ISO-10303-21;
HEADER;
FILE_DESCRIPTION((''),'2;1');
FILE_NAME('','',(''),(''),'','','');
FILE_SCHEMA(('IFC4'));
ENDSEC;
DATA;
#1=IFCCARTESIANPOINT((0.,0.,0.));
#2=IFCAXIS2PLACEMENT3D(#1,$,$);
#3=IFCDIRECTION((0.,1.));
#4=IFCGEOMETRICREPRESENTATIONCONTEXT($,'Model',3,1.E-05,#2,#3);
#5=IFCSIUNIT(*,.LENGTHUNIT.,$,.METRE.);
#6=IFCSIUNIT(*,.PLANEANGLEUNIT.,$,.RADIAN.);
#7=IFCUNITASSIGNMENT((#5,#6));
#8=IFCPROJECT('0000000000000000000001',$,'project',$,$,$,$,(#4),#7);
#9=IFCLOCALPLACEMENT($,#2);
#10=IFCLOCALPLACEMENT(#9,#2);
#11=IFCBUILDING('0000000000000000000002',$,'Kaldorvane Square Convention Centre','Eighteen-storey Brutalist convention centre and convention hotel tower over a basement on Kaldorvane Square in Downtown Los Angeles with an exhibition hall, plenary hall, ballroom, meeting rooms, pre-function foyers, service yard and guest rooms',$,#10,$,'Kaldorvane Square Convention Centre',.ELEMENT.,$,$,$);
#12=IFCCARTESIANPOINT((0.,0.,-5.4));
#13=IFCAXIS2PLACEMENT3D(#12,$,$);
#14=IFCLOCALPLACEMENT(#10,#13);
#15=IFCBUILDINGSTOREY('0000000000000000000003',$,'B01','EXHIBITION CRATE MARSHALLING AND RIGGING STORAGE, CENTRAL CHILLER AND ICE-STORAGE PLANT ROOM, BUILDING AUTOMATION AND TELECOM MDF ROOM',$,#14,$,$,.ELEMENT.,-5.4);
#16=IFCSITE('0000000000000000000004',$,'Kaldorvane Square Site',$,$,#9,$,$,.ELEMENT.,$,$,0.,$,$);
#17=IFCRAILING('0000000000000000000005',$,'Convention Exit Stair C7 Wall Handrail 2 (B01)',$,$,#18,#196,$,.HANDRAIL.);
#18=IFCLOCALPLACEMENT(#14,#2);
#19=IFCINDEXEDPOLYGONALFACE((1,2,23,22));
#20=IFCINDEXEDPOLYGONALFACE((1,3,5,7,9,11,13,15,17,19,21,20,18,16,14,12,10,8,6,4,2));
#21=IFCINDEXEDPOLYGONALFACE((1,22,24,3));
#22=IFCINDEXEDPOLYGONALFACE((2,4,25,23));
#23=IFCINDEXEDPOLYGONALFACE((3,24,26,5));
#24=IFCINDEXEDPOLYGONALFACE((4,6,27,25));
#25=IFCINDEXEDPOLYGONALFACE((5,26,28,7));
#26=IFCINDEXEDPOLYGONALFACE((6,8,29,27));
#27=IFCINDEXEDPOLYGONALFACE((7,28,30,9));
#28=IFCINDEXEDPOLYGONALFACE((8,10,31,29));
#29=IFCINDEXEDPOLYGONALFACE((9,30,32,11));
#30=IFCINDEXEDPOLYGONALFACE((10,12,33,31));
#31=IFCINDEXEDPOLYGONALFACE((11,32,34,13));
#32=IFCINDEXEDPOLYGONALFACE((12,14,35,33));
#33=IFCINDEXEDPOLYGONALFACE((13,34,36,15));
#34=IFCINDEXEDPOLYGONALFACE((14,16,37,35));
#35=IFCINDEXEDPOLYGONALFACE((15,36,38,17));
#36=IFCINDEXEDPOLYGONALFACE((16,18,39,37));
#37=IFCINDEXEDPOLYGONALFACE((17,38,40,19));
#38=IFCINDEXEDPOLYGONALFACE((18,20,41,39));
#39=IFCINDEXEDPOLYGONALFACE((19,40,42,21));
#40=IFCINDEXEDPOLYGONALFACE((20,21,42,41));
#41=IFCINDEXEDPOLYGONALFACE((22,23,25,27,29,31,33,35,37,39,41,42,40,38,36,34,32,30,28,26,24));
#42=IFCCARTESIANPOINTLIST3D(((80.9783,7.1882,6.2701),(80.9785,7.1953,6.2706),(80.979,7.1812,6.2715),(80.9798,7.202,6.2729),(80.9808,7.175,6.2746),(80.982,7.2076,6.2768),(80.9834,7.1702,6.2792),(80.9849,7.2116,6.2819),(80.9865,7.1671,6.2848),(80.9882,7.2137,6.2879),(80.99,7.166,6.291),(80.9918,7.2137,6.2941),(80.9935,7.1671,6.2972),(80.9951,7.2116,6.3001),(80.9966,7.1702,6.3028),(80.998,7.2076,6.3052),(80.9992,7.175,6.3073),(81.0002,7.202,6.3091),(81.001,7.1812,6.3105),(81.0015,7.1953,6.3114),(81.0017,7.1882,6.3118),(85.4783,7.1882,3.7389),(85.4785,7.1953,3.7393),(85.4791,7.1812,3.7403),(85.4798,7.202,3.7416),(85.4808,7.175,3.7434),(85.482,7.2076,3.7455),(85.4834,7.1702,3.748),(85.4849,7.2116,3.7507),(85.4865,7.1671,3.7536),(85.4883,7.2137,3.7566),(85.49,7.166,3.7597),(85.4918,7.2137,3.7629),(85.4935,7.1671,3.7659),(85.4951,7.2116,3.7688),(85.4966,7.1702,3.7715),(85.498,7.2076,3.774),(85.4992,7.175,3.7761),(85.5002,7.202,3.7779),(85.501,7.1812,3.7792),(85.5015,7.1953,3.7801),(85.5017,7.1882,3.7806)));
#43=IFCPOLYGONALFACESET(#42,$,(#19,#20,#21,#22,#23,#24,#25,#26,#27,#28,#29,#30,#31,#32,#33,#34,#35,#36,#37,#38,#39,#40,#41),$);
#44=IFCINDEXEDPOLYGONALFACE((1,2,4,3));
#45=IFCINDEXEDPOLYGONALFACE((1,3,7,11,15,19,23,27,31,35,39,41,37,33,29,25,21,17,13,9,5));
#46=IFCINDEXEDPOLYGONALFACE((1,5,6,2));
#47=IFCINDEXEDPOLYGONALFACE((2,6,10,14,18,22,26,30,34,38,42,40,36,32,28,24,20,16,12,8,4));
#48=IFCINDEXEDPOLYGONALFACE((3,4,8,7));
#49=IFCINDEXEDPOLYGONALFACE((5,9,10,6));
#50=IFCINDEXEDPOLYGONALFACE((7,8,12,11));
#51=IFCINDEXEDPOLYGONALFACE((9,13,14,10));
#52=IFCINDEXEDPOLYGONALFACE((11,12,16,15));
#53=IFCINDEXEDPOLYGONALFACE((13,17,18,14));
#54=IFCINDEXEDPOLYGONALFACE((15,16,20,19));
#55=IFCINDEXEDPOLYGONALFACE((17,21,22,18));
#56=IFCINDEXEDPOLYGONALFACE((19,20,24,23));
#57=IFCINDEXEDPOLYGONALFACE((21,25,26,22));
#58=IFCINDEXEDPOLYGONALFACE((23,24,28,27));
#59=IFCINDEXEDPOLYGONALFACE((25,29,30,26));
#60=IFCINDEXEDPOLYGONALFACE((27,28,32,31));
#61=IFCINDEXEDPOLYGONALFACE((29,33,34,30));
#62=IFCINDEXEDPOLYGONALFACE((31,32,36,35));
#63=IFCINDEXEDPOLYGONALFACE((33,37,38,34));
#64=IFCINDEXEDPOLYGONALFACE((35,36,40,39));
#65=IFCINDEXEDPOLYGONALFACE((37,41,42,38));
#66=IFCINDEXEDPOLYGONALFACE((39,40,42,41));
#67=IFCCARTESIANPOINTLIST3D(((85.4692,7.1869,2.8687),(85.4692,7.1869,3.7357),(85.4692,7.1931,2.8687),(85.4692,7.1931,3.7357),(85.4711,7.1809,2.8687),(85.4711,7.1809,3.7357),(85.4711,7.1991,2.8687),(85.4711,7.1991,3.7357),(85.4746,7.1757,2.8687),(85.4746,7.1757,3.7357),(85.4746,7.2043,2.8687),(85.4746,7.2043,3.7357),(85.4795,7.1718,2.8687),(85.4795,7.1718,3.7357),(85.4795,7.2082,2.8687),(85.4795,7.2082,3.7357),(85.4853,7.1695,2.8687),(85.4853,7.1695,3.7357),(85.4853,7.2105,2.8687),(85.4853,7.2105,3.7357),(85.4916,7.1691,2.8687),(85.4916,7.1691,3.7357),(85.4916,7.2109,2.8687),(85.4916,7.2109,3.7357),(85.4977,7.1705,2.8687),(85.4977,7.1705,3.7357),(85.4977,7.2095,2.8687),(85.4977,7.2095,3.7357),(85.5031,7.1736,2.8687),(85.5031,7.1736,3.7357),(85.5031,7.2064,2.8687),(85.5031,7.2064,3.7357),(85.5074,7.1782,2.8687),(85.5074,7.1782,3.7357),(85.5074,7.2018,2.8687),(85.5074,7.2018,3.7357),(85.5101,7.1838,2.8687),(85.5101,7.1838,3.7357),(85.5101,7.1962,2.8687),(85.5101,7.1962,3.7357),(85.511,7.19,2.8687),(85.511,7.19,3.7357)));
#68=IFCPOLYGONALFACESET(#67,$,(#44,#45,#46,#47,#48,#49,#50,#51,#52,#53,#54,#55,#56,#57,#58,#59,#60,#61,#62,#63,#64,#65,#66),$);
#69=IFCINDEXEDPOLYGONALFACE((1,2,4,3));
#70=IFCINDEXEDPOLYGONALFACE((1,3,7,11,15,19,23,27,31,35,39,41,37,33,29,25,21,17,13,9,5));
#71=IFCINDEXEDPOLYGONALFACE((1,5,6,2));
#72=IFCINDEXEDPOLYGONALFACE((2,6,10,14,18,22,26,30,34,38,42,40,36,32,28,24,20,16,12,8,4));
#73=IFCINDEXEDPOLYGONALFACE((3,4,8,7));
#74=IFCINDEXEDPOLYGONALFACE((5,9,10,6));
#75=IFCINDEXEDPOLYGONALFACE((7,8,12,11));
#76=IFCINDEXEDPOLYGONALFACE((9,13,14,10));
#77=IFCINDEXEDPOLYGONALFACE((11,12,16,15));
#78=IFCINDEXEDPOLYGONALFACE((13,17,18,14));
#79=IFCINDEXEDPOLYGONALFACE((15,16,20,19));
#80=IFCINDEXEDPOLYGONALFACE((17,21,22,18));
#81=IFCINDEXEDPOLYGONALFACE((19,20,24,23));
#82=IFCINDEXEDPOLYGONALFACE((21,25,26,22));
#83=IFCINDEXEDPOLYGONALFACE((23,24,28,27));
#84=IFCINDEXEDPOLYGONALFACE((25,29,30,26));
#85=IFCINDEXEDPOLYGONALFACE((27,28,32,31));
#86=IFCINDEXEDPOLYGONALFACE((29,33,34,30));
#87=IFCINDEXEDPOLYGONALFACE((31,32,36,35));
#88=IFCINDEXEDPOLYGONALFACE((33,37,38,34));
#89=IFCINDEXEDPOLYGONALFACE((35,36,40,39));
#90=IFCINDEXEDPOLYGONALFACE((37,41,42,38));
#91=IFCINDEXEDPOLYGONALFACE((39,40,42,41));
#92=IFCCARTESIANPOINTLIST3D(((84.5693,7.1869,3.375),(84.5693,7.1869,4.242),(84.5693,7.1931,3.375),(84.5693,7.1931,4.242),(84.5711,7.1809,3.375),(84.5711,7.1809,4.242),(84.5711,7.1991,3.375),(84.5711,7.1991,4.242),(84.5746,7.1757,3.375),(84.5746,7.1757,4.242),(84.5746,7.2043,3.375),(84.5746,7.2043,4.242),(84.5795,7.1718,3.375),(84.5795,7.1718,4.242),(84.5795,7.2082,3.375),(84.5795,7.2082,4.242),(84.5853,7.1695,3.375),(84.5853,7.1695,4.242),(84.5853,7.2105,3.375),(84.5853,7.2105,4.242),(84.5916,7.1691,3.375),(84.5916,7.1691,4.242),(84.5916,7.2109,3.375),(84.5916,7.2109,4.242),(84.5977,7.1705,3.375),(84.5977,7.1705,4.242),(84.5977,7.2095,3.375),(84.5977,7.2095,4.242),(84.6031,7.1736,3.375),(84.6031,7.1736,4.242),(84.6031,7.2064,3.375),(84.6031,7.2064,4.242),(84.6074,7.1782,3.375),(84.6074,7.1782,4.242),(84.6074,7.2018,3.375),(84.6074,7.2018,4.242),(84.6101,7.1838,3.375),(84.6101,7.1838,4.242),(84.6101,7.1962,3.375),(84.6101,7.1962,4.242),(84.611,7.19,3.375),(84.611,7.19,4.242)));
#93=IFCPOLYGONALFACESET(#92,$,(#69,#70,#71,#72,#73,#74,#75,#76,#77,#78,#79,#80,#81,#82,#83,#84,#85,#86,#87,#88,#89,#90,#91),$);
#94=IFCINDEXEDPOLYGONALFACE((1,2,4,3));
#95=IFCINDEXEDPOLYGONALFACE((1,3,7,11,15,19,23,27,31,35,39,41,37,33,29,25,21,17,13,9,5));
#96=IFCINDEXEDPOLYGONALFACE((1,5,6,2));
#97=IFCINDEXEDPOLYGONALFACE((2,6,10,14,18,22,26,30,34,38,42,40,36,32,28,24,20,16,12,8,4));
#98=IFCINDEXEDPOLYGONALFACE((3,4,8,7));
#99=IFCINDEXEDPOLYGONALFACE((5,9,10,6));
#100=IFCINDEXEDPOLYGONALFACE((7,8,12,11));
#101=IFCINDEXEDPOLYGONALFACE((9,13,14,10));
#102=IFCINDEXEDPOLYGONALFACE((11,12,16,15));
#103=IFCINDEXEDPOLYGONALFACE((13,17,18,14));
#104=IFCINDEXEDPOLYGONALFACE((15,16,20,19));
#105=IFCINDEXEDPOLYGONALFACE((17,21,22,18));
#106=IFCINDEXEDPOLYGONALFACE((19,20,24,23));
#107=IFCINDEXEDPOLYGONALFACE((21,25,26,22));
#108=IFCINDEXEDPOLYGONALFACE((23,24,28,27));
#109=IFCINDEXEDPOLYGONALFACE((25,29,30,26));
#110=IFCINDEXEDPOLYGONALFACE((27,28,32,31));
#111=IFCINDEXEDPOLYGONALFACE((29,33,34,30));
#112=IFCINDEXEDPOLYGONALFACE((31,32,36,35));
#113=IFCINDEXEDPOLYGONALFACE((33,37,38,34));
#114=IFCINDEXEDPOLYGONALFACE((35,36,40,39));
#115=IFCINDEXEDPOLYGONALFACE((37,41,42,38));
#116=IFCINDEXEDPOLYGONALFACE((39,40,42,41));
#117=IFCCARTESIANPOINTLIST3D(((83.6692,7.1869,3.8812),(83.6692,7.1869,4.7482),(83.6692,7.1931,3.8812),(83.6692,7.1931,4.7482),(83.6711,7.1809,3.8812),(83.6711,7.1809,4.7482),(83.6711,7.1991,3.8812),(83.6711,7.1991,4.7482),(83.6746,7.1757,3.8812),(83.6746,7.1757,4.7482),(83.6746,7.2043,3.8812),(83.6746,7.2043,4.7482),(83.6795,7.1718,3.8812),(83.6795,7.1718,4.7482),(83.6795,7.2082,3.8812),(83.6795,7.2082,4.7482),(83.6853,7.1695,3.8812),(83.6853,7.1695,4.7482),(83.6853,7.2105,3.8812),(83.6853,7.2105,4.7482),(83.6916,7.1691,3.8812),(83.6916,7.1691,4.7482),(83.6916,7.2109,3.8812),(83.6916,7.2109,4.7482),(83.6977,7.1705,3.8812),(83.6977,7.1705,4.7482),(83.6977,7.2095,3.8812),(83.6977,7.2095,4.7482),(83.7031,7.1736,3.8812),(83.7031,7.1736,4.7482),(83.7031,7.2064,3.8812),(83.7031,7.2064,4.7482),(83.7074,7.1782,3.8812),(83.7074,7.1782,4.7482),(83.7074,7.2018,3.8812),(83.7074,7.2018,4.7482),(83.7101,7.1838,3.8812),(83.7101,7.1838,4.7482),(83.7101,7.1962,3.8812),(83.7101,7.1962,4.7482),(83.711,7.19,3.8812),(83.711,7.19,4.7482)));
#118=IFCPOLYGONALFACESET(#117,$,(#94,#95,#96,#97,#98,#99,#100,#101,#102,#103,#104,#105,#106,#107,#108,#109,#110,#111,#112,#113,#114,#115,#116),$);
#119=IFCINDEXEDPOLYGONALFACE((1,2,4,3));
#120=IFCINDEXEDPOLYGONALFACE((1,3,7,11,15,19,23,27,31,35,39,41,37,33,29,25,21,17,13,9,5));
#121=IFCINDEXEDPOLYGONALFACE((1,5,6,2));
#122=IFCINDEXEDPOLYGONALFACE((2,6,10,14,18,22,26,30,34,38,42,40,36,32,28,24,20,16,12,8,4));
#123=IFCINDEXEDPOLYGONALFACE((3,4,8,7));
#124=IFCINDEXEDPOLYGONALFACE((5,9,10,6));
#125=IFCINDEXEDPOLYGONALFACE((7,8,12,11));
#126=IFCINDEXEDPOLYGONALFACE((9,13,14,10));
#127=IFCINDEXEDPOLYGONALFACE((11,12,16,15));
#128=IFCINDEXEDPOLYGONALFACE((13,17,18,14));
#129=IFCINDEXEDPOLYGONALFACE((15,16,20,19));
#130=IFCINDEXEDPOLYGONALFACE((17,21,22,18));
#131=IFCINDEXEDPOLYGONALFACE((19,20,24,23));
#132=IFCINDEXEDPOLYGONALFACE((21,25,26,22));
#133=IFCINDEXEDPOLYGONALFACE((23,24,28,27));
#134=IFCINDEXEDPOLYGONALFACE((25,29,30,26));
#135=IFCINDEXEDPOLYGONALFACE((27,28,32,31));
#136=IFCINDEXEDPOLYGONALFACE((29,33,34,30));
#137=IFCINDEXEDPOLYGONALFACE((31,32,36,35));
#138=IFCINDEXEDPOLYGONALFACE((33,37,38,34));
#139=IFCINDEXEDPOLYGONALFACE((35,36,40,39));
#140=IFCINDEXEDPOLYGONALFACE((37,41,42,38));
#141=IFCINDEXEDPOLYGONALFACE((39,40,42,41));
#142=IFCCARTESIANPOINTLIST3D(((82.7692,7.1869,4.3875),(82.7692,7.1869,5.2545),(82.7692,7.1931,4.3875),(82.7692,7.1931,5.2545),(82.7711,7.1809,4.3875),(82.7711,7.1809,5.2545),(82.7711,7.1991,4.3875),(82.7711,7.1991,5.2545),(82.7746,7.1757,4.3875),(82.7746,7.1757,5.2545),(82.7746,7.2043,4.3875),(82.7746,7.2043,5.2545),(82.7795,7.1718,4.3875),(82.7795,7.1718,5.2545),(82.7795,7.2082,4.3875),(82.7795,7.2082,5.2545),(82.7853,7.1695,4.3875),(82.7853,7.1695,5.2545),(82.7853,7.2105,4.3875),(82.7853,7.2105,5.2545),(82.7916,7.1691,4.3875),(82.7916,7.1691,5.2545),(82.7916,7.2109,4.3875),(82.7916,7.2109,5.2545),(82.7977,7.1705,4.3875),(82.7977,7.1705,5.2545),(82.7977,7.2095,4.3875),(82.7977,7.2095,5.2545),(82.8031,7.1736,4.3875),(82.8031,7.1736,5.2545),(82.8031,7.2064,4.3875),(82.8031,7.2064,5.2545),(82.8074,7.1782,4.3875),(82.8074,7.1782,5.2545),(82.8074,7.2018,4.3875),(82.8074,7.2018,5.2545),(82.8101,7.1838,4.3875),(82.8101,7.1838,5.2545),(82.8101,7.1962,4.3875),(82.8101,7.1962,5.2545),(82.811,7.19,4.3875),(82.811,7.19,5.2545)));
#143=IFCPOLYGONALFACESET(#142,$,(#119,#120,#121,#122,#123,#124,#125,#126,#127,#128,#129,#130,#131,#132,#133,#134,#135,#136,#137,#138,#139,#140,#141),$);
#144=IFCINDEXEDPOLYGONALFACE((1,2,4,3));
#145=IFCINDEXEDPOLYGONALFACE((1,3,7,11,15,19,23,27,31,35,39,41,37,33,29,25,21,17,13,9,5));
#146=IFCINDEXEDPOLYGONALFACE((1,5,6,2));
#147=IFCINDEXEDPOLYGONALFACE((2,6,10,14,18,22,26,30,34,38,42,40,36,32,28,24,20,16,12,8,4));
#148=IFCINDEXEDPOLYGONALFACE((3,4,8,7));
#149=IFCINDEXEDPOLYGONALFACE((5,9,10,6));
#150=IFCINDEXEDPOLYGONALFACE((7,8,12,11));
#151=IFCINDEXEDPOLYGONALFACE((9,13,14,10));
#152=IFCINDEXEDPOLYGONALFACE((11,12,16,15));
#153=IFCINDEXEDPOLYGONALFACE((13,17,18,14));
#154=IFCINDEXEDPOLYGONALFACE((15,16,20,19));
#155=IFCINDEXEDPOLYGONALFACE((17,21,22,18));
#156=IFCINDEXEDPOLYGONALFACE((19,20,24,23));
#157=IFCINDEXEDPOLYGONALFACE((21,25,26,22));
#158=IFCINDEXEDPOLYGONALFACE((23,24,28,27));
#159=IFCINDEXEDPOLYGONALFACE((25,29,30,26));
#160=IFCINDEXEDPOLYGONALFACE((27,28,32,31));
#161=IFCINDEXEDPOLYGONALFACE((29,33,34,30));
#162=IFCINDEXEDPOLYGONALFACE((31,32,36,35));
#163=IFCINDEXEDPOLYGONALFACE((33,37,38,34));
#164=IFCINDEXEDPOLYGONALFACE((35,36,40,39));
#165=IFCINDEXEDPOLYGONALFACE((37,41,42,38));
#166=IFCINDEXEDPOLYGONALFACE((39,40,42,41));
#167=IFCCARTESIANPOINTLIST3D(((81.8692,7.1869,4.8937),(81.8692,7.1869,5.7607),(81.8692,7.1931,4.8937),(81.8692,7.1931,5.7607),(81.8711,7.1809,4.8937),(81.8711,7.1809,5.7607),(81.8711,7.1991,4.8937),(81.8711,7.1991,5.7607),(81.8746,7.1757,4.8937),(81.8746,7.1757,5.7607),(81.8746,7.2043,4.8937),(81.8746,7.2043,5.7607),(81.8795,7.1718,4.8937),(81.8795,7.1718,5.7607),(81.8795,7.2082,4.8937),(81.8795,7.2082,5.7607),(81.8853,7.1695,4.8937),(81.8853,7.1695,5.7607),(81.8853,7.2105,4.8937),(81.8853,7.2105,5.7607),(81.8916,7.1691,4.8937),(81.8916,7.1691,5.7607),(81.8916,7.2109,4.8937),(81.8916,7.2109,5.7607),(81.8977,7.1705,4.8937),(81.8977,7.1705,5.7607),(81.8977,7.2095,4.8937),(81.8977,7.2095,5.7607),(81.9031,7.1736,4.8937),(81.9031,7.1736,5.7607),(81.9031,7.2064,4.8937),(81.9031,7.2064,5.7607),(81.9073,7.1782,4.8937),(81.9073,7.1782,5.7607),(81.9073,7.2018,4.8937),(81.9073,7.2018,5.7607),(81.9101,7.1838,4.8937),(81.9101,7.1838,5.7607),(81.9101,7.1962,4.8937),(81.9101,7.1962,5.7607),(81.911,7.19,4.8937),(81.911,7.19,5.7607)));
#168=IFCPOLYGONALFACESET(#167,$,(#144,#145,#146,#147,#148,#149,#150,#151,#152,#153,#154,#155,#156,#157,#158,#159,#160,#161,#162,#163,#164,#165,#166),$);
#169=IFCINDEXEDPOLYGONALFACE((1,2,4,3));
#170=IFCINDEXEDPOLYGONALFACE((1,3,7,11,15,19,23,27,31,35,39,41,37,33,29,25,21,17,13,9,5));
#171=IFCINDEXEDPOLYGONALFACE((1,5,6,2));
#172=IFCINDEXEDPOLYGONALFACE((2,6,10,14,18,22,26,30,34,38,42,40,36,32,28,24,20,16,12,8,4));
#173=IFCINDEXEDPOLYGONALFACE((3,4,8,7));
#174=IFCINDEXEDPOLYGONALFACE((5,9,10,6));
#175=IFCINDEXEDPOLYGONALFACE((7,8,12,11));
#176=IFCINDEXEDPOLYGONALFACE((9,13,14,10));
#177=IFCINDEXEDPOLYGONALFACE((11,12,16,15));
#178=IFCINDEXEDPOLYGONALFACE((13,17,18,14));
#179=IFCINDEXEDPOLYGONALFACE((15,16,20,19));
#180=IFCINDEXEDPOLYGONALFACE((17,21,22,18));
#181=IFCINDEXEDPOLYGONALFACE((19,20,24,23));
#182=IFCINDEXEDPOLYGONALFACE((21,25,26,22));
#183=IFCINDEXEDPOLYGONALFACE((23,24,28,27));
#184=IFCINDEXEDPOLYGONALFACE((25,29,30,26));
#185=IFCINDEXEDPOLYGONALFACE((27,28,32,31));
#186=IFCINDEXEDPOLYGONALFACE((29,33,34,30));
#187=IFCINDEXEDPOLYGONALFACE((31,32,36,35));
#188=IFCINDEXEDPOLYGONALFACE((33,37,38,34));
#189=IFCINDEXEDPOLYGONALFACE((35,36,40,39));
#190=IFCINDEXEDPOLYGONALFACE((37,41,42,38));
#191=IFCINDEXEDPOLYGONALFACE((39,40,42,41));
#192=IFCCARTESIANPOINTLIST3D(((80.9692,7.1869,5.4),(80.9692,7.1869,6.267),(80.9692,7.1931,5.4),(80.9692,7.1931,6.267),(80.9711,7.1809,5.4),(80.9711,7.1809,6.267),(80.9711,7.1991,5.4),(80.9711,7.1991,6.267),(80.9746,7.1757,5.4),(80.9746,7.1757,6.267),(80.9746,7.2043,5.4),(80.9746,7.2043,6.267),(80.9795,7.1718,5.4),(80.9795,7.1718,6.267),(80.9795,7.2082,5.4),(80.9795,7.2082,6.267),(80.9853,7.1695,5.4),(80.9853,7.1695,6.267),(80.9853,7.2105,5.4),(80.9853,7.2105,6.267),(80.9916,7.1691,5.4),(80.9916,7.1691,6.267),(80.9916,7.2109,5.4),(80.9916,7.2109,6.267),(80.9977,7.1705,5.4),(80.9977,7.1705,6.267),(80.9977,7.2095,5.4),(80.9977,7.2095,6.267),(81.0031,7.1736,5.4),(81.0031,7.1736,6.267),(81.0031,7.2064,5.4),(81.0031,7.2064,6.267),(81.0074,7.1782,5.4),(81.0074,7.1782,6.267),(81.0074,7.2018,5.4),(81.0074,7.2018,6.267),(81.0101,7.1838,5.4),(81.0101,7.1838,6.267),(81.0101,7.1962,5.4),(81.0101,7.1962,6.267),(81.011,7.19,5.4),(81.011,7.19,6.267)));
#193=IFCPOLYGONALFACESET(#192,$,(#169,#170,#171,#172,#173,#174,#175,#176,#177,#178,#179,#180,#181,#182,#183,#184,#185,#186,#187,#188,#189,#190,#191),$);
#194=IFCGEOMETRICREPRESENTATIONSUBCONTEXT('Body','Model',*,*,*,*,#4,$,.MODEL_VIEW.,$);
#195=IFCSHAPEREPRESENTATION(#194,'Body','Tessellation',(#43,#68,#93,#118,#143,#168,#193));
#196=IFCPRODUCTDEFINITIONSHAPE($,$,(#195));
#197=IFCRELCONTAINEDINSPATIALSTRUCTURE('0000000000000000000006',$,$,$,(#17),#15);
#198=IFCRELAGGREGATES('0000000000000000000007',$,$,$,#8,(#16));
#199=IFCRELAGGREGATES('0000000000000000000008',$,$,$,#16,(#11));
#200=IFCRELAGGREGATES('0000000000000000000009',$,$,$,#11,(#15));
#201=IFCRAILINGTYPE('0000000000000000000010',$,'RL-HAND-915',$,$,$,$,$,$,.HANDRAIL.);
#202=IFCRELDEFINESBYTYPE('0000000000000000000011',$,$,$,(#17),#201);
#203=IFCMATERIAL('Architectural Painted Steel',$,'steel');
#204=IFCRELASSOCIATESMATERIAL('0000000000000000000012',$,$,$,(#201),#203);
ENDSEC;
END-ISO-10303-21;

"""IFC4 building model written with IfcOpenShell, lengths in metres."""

from ifc_helpers import new_model, si_unit, direction, frame, origin, origin_2d, place, context, subcontext, project, spatial, circle, extrude, material, type_object, element, save


model = new_model("IFC4")

# Units and contexts
model_context = context("Model", 3, precision=1e-05, world=origin(), true_north=direction((0.0, 1.0)))
body_context = subcontext(model_context, "Body", "Model", "MODEL_VIEW")
ifc_project = project(units=[si_unit("LENGTHUNIT", "METRE"), si_unit("PLANEANGLEUNIT", "RADIAN")], contexts=[model_context])

# Site, building, storey
site_placement = place(None, origin())
site = spatial("IfcSite", under=ifc_project, at=site_placement, Name="Kaldorvane Square Site", CompositionType="ELEMENT", RefElevation=0.0)
building_placement = place(site_placement, origin())
building = spatial("IfcBuilding", under=site, at=building_placement, Name="Kaldorvane Square Convention Centre", Description="Eighteen-storey Brutalist convention centre and convention hotel tower over a basement on Kaldorvane Square in Downtown Los Angeles with an exhibition hall, plenary hall, ballroom, meeting rooms, pre-function foyers, service yard and guest rooms", LongName="Kaldorvane Square Convention Centre", CompositionType="ELEMENT")
storey_placement = place(building_placement, frame((0.0, 0.0, -5.4)))
storey = spatial("IfcBuildingStorey", under=building, at=storey_placement, Name="B01", Description="EXHIBITION CRATE MARSHALLING AND RIGGING STORAGE, CENTRAL CHILLER AND ICE-STORAGE PLANT ROOM, BUILDING AUTOMATION AND TELECOM MDF ROOM", CompositionType="ELEMENT", Elevation=-5.4)

# Railing
ifc_material_1 = material(Name="Architectural Painted Steel", Category="steel")
railing_type = type_object("IfcRailingType", Name="RL-HAND-915", PredefinedType="HANDRAIL", material=ifc_material_1)
railing_placement = place(storey_placement, frame((85.49, 7.19, 2.8687)))
element("IfcRailing", 1, at=railing_placement, inside=storey, type_object=railing_type, Name="Convention Exit Stair C7 Wall Handrail 2 (B01)", PredefinedType="HANDRAIL", context=body_context, shape_type="SweptSolid", body=[
    extrude(circle(Radius=0.024, at=origin_2d()), frame((0.0, 0.0, 0.891), z_axis=(-0.871576, 0.0, 0.490261), x_axis=(0.0, -1.0, 0.0)), (0.0, 0.0, 1.0), 5.1631),
    extrude(circle(Radius=0.021, at=origin_2d()), origin(), (0.0, 0.0, 1.0), 0.867),
    extrude(circle(Radius=0.021, at=origin_2d()), frame((-0.9, 0.0, 0.5063)), (0.0, 0.0, 1.0), 0.867),
    extrude(circle(Radius=0.021, at=origin_2d()), frame((-1.8, 0.0, 1.0125)), (0.0, 0.0, 1.0), 0.867),
    extrude(circle(Radius=0.021, at=origin_2d()), frame((-2.7, 0.0, 1.5188)), (0.0, 0.0, 1.0), 0.867),
    extrude(circle(Radius=0.021, at=origin_2d()), frame((-3.6, 0.0, 2.025)), (0.0, 0.0, 1.0), 0.867),
    extrude(circle(Radius=0.021, at=origin_2d()), frame((-4.5, 0.0, 2.5312)), (0.0, 0.0, 1.0), 0.867),
])

save(model, "model.ifc")
